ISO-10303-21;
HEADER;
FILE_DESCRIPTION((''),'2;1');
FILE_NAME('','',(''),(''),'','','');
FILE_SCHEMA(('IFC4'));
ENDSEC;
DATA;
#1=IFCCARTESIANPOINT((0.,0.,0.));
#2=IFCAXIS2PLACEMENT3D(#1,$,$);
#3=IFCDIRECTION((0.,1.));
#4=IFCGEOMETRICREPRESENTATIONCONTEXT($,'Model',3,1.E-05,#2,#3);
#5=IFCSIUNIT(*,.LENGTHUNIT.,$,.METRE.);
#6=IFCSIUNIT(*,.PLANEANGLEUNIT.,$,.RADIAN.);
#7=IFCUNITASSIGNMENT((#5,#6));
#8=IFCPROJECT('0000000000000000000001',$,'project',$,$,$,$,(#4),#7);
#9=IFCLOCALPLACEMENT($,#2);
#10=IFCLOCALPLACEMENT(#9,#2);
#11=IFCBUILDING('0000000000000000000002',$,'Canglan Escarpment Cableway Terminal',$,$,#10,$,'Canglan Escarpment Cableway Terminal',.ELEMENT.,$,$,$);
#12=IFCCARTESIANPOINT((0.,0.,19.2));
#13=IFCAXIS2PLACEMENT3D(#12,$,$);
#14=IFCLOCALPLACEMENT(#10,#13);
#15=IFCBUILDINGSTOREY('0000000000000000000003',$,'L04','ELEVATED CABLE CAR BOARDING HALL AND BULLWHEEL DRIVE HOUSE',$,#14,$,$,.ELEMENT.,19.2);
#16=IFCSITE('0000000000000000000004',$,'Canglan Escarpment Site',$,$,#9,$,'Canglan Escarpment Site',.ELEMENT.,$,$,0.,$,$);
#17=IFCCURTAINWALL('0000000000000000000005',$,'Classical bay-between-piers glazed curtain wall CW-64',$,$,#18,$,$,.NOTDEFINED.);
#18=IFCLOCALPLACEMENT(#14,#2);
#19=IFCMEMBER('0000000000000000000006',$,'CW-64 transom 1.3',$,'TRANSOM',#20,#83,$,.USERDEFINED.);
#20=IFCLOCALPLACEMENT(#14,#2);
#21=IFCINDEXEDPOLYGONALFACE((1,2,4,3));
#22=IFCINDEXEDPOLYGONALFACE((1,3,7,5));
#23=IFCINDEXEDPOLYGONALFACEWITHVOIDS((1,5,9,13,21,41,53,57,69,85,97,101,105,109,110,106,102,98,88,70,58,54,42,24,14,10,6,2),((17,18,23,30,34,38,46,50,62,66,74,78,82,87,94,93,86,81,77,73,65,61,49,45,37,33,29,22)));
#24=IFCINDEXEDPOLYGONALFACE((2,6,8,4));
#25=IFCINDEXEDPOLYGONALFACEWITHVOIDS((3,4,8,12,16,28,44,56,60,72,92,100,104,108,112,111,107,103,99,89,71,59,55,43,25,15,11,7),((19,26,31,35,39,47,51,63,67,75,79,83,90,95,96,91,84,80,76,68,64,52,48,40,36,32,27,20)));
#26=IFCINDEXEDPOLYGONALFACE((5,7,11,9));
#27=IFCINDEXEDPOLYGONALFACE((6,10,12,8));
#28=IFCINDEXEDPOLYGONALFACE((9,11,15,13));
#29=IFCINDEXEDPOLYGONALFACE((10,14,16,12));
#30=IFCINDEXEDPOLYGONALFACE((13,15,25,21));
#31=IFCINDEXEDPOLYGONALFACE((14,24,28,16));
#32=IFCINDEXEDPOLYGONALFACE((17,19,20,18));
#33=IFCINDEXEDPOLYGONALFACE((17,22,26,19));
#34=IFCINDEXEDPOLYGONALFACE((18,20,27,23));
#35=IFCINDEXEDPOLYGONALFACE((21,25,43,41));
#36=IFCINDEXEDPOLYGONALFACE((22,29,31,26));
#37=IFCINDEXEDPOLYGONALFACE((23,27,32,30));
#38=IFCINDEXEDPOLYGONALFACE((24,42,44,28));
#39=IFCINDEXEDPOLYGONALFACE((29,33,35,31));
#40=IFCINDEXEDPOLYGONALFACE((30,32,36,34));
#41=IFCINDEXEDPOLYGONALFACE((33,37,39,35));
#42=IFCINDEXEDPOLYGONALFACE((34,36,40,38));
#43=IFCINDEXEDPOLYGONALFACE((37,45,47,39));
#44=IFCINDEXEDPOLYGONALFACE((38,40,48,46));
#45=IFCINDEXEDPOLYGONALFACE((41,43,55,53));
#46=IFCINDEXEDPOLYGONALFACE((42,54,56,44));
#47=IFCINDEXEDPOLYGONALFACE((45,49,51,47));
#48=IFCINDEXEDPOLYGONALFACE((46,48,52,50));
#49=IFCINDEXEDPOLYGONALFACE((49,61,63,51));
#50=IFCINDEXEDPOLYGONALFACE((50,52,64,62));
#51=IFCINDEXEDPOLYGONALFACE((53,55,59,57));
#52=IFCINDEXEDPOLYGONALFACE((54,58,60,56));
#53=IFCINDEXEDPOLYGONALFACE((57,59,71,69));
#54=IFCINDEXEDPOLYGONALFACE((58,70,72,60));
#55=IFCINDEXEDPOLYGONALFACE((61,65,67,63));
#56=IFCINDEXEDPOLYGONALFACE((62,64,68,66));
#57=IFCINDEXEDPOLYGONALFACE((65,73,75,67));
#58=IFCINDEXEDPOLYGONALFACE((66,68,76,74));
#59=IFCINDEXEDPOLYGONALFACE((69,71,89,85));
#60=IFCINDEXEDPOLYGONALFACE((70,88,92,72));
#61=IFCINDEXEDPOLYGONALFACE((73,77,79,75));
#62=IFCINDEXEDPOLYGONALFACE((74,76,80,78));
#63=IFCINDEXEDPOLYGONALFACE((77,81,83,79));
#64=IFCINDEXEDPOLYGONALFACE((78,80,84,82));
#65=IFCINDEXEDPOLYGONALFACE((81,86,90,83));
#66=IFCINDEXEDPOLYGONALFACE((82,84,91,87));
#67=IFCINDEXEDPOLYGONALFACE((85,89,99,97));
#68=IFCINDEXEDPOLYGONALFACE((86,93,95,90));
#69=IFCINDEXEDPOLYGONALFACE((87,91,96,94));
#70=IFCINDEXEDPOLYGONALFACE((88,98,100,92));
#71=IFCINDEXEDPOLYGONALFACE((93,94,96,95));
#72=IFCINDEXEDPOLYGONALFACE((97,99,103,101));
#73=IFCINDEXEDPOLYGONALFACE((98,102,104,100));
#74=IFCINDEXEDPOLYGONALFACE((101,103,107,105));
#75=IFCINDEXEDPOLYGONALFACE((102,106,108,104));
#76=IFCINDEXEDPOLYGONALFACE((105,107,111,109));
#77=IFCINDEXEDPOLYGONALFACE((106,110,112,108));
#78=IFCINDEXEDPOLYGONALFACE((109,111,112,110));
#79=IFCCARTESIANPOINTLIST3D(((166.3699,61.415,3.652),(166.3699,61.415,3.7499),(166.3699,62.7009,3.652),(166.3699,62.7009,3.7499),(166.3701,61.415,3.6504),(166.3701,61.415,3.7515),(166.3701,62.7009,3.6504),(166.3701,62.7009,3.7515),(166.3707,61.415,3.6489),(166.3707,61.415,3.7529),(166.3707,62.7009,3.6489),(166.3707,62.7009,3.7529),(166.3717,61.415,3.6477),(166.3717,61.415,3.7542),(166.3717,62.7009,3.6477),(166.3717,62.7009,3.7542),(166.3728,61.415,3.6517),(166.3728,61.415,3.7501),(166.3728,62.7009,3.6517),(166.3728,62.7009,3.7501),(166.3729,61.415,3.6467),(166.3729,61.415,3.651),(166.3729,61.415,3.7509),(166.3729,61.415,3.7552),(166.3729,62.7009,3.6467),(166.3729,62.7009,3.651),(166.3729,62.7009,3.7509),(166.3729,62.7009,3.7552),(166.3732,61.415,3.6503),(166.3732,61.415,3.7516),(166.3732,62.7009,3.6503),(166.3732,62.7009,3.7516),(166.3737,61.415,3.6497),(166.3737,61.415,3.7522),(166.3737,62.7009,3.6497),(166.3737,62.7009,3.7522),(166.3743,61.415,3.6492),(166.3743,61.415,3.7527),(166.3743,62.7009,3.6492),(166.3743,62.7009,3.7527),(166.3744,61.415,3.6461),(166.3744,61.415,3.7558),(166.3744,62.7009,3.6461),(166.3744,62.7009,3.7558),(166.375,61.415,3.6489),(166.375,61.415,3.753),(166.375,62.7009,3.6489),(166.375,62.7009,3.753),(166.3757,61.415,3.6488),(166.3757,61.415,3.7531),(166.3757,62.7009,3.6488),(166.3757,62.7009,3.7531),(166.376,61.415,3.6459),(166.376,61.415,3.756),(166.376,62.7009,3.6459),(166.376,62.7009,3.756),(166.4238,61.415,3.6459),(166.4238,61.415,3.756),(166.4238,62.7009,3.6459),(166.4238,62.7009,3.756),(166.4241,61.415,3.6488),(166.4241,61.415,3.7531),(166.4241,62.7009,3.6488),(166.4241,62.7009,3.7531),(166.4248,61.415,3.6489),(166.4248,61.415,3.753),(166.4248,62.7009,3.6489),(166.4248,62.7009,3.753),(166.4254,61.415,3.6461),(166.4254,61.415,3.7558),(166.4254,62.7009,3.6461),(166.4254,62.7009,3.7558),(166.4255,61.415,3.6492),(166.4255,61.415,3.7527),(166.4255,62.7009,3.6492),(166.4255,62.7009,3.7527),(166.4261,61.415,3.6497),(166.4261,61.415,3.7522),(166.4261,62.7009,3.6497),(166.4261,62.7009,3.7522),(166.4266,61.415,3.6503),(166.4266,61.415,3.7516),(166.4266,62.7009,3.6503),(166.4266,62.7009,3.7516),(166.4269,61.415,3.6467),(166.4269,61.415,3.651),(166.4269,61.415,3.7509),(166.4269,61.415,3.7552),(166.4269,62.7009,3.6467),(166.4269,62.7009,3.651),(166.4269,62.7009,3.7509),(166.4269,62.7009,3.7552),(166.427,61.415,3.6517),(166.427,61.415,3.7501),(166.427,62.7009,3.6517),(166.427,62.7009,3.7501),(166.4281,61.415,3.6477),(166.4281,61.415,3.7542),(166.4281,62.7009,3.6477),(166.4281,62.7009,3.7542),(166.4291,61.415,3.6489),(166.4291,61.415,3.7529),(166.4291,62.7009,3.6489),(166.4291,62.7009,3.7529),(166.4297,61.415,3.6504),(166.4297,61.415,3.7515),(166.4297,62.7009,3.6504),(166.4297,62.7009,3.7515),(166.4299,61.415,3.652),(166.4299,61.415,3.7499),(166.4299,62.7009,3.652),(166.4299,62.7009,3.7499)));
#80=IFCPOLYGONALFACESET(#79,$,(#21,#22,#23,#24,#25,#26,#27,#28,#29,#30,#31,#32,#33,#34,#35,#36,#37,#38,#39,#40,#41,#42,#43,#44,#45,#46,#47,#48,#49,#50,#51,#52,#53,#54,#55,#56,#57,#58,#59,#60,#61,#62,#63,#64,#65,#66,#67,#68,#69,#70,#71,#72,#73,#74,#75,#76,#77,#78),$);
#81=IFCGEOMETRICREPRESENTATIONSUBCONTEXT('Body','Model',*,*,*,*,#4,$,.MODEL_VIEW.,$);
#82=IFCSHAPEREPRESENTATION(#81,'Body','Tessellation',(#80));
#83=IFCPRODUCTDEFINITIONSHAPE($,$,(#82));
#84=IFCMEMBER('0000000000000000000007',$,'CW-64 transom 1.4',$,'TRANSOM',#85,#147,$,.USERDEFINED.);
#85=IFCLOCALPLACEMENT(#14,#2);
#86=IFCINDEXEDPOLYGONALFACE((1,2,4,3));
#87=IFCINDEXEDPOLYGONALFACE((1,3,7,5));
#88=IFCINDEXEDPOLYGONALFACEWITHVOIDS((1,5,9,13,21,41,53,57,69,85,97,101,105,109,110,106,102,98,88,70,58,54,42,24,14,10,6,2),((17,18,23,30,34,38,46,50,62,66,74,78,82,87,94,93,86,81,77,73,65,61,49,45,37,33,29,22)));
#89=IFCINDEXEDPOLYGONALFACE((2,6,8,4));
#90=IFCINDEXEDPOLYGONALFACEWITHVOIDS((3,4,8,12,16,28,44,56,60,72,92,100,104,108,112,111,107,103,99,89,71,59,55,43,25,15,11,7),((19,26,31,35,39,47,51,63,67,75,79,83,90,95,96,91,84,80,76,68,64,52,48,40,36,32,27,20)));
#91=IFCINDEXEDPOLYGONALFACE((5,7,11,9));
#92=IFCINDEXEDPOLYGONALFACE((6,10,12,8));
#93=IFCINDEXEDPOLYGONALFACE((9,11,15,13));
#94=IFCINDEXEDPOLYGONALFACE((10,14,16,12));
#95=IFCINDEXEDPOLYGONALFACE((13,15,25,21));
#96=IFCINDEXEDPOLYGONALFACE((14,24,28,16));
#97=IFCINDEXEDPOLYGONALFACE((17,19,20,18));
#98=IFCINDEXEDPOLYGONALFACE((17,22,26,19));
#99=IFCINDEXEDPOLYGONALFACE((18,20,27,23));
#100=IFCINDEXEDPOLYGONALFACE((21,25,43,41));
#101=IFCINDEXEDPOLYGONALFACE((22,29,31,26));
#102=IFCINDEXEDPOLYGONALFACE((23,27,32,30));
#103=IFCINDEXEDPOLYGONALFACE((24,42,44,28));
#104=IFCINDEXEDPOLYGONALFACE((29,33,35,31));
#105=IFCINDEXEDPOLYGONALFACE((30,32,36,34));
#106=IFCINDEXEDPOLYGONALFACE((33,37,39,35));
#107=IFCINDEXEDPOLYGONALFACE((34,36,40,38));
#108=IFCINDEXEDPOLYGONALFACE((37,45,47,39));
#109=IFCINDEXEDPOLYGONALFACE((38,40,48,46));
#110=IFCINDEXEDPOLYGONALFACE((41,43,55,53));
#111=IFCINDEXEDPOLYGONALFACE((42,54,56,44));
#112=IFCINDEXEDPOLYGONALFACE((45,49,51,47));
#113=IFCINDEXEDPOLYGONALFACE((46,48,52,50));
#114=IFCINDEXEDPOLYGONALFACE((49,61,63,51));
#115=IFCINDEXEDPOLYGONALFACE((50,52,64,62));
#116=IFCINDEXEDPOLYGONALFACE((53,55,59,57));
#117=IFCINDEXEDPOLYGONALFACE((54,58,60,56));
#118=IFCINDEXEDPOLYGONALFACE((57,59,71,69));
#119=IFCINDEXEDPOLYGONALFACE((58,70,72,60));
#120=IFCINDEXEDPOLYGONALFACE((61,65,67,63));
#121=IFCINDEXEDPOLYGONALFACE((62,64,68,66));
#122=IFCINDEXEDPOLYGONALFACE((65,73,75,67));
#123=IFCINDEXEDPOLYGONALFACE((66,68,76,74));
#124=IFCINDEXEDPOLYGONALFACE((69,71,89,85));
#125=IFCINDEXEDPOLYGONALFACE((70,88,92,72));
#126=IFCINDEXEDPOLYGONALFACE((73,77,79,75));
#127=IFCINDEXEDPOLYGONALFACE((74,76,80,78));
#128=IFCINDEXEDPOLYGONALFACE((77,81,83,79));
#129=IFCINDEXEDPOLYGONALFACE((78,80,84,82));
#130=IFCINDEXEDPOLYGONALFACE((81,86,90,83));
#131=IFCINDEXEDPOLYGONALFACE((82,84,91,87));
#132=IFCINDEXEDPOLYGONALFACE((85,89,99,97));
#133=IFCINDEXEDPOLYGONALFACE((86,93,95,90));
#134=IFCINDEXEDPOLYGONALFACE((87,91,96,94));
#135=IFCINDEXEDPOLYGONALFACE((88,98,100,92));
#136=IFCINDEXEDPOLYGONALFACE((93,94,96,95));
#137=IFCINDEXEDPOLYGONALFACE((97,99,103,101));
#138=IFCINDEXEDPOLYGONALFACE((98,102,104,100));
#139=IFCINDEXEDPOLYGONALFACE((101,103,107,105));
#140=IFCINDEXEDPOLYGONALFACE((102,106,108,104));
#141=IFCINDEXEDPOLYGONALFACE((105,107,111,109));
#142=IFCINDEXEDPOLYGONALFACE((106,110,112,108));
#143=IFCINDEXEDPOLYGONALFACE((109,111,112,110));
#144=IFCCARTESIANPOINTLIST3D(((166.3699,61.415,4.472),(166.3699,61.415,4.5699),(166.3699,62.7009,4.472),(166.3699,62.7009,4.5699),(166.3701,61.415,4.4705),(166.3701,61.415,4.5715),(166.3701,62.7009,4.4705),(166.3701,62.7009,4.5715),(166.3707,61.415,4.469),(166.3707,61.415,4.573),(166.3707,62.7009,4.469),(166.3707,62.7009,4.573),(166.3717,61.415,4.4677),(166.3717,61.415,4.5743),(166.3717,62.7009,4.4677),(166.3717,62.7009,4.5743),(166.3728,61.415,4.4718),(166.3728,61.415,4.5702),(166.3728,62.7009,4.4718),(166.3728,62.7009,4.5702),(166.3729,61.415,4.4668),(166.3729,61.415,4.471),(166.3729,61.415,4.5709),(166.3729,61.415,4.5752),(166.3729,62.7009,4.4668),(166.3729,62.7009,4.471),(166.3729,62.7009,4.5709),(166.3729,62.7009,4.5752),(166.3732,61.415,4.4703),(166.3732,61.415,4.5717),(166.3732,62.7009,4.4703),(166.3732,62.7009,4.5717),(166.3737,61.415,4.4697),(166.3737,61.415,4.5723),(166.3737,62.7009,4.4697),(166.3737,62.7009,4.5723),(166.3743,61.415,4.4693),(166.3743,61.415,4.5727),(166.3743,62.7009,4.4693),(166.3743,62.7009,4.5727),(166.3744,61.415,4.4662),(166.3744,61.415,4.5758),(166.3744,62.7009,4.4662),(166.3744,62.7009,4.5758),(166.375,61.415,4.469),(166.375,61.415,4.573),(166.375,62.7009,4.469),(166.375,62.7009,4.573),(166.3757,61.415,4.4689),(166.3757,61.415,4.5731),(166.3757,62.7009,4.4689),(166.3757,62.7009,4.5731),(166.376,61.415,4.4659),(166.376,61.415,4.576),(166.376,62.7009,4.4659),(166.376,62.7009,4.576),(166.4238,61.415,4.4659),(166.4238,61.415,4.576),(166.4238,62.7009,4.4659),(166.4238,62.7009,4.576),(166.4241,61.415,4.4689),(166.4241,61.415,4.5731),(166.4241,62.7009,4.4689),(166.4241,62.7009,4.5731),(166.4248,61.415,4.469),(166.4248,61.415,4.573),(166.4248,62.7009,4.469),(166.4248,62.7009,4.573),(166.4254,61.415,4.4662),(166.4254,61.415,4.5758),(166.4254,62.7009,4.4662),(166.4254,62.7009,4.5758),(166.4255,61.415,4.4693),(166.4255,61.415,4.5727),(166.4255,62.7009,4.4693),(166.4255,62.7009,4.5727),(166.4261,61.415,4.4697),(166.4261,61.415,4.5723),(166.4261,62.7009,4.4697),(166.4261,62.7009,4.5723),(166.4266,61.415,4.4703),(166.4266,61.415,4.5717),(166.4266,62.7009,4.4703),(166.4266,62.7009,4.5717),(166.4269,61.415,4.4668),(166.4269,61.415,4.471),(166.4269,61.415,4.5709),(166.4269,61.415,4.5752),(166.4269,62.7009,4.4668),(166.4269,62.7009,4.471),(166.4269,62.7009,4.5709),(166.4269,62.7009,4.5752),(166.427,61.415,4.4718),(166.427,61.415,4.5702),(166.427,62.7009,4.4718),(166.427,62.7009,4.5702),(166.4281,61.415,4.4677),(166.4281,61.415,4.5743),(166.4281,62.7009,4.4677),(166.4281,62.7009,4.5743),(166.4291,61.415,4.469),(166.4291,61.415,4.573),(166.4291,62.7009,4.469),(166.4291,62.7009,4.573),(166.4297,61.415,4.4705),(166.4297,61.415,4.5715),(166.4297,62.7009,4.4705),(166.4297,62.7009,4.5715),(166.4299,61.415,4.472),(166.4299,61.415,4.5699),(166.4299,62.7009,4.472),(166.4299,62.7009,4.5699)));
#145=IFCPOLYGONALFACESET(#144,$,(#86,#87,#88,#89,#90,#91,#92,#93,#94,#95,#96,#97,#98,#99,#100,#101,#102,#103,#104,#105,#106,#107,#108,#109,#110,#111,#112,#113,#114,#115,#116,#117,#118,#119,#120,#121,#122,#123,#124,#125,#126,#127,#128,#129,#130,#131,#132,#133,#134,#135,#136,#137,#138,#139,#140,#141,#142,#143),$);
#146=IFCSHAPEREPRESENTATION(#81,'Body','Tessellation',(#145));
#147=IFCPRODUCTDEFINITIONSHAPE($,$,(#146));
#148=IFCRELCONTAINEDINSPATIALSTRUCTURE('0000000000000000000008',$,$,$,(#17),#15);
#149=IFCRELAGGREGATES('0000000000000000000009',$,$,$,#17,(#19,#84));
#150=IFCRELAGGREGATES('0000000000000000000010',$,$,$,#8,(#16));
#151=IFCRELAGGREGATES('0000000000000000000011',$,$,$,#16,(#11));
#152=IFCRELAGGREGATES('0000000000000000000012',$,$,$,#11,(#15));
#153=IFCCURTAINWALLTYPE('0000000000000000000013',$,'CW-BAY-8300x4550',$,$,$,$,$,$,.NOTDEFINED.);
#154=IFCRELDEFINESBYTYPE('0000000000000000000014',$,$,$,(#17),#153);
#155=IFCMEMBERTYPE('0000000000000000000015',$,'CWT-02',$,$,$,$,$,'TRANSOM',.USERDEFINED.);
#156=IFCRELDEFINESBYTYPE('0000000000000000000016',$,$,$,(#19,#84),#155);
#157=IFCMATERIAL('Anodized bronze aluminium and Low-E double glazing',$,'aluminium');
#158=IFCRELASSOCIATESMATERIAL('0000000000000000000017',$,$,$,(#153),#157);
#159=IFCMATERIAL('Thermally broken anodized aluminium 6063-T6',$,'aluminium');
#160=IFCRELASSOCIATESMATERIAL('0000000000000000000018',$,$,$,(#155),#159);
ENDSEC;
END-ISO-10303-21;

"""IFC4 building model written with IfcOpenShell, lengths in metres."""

from ifc_helpers import new_model, si_unit, direction, frame, origin, origin_2d, place, context, subcontext, project, spatial, hollow_rectangle, extrude, material, material_profile, profile_set, type_object, element, aggregate, save


model = new_model("IFC4")

# Units and contexts
model_context = context("Model", 3, precision=1e-05, world=origin(), true_north=direction((0.0, 1.0)))
body_context = subcontext(model_context, "Body", "Model", "MODEL_VIEW")
ifc_project = project(units=[si_unit("LENGTHUNIT", "METRE"), si_unit("PLANEANGLEUNIT", "RADIAN")], contexts=[model_context])

# Site, building, storey
site_placement = place(None, origin())
site = spatial("IfcSite", under=ifc_project, at=site_placement, Name="Canglan Escarpment Site", LongName="Canglan Escarpment Site", CompositionType="ELEMENT", RefElevation=0.0)
building_placement = place(site_placement, origin())
building = spatial("IfcBuilding", under=site, at=building_placement, Name="Canglan Escarpment Cableway Terminal", LongName="Canglan Escarpment Cableway Terminal", CompositionType="ELEMENT")
storey_placement = place(building_placement, frame((0.0, 0.0, 19.2)))
storey = spatial("IfcBuildingStorey", under=building, at=storey_placement, Name="L04", Description="ELEVATED CABLE CAR BOARDING HALL AND BULLWHEEL DRIVE HOUSE", CompositionType="ELEMENT", Elevation=19.2)

# Curtain wall
ifc_material_1 = material(Name="Anodized bronze aluminium and Low-E double glazing", Category="aluminium")
curtain_wall_type = type_object("IfcCurtainWallType", Name="CW-BAY-8300x4550", PredefinedType="NOTDEFINED", material=ifc_material_1)
ifc_material_2 = material(Name="Thermally broken anodized aluminium 6063-T6", Category="aluminium")
curtain_wall_1_placement = place(storey_placement, origin())
curtain_wall_1 = element("IfcCurtainWall", 1, at=curtain_wall_1_placement, inside=storey, type_object=curtain_wall_type, Name="Classical bay-between-piers glazed curtain wall CW-64", PredefinedType="NOTDEFINED")

# Members
ifc_material_profile_1 = material_profile(ifc_material_2, hollow_rectangle(XDim=0.0601, YDim=0.1101, WallThickness=0.0029, InnerFilletRadius=0.0029, OuterFilletRadius=0.0061, at=origin_2d()), Name="ALU-TRAN 60x110x3")
ifc_profile_set_1 = profile_set([ifc_material_profile_1], Name="Thermally broken anodized aluminium 6063-T6")
member_type_1 = type_object("IfcMemberType", Name="CWT-02", ElementType="TRANSOM", PredefinedType="USERDEFINED", material=ifc_profile_set_1)
member_1_placement = place(storey_placement, frame((166.3999, 61.415, 3.7009), z_axis=(0.0, 1.0, 0.0), x_axis=(-1.0, 0.0, 0.0)))
member_1 = element("IfcMember", 2, at=member_1_placement, type_object=member_type_1, Name="CW-64 transom 1.3", ObjectType="TRANSOM", PredefinedType="USERDEFINED", context=body_context, shape_type="SweptSolid", body=[
    extrude(hollow_rectangle(XDim=0.0601, YDim=0.1101, WallThickness=0.0029, InnerFilletRadius=0.0029, OuterFilletRadius=0.0061, at=origin_2d()), origin(), (0.0, 0.0, 1.0), 1.2859),
])
member_2_placement = place(storey_placement, frame((166.3999, 61.415, 4.521), z_axis=(0.0, 1.0, 0.0), x_axis=(-1.0, 0.0, 0.0)))
member_2 = element("IfcMember", 3, at=member_2_placement, type_object=member_type_1, Name="CW-64 transom 1.4", ObjectType="TRANSOM", PredefinedType="USERDEFINED", context=body_context, shape_type="SweptSolid", body=[
    extrude(hollow_rectangle(XDim=0.0601, YDim=0.1101, WallThickness=0.0029, InnerFilletRadius=0.0029, OuterFilletRadius=0.0061, at=origin_2d()), origin(), (0.0, 0.0, 1.0), 1.2859),
])

aggregate(curtain_wall_1, [member_1, member_2])

save(model, "model.ifc")
